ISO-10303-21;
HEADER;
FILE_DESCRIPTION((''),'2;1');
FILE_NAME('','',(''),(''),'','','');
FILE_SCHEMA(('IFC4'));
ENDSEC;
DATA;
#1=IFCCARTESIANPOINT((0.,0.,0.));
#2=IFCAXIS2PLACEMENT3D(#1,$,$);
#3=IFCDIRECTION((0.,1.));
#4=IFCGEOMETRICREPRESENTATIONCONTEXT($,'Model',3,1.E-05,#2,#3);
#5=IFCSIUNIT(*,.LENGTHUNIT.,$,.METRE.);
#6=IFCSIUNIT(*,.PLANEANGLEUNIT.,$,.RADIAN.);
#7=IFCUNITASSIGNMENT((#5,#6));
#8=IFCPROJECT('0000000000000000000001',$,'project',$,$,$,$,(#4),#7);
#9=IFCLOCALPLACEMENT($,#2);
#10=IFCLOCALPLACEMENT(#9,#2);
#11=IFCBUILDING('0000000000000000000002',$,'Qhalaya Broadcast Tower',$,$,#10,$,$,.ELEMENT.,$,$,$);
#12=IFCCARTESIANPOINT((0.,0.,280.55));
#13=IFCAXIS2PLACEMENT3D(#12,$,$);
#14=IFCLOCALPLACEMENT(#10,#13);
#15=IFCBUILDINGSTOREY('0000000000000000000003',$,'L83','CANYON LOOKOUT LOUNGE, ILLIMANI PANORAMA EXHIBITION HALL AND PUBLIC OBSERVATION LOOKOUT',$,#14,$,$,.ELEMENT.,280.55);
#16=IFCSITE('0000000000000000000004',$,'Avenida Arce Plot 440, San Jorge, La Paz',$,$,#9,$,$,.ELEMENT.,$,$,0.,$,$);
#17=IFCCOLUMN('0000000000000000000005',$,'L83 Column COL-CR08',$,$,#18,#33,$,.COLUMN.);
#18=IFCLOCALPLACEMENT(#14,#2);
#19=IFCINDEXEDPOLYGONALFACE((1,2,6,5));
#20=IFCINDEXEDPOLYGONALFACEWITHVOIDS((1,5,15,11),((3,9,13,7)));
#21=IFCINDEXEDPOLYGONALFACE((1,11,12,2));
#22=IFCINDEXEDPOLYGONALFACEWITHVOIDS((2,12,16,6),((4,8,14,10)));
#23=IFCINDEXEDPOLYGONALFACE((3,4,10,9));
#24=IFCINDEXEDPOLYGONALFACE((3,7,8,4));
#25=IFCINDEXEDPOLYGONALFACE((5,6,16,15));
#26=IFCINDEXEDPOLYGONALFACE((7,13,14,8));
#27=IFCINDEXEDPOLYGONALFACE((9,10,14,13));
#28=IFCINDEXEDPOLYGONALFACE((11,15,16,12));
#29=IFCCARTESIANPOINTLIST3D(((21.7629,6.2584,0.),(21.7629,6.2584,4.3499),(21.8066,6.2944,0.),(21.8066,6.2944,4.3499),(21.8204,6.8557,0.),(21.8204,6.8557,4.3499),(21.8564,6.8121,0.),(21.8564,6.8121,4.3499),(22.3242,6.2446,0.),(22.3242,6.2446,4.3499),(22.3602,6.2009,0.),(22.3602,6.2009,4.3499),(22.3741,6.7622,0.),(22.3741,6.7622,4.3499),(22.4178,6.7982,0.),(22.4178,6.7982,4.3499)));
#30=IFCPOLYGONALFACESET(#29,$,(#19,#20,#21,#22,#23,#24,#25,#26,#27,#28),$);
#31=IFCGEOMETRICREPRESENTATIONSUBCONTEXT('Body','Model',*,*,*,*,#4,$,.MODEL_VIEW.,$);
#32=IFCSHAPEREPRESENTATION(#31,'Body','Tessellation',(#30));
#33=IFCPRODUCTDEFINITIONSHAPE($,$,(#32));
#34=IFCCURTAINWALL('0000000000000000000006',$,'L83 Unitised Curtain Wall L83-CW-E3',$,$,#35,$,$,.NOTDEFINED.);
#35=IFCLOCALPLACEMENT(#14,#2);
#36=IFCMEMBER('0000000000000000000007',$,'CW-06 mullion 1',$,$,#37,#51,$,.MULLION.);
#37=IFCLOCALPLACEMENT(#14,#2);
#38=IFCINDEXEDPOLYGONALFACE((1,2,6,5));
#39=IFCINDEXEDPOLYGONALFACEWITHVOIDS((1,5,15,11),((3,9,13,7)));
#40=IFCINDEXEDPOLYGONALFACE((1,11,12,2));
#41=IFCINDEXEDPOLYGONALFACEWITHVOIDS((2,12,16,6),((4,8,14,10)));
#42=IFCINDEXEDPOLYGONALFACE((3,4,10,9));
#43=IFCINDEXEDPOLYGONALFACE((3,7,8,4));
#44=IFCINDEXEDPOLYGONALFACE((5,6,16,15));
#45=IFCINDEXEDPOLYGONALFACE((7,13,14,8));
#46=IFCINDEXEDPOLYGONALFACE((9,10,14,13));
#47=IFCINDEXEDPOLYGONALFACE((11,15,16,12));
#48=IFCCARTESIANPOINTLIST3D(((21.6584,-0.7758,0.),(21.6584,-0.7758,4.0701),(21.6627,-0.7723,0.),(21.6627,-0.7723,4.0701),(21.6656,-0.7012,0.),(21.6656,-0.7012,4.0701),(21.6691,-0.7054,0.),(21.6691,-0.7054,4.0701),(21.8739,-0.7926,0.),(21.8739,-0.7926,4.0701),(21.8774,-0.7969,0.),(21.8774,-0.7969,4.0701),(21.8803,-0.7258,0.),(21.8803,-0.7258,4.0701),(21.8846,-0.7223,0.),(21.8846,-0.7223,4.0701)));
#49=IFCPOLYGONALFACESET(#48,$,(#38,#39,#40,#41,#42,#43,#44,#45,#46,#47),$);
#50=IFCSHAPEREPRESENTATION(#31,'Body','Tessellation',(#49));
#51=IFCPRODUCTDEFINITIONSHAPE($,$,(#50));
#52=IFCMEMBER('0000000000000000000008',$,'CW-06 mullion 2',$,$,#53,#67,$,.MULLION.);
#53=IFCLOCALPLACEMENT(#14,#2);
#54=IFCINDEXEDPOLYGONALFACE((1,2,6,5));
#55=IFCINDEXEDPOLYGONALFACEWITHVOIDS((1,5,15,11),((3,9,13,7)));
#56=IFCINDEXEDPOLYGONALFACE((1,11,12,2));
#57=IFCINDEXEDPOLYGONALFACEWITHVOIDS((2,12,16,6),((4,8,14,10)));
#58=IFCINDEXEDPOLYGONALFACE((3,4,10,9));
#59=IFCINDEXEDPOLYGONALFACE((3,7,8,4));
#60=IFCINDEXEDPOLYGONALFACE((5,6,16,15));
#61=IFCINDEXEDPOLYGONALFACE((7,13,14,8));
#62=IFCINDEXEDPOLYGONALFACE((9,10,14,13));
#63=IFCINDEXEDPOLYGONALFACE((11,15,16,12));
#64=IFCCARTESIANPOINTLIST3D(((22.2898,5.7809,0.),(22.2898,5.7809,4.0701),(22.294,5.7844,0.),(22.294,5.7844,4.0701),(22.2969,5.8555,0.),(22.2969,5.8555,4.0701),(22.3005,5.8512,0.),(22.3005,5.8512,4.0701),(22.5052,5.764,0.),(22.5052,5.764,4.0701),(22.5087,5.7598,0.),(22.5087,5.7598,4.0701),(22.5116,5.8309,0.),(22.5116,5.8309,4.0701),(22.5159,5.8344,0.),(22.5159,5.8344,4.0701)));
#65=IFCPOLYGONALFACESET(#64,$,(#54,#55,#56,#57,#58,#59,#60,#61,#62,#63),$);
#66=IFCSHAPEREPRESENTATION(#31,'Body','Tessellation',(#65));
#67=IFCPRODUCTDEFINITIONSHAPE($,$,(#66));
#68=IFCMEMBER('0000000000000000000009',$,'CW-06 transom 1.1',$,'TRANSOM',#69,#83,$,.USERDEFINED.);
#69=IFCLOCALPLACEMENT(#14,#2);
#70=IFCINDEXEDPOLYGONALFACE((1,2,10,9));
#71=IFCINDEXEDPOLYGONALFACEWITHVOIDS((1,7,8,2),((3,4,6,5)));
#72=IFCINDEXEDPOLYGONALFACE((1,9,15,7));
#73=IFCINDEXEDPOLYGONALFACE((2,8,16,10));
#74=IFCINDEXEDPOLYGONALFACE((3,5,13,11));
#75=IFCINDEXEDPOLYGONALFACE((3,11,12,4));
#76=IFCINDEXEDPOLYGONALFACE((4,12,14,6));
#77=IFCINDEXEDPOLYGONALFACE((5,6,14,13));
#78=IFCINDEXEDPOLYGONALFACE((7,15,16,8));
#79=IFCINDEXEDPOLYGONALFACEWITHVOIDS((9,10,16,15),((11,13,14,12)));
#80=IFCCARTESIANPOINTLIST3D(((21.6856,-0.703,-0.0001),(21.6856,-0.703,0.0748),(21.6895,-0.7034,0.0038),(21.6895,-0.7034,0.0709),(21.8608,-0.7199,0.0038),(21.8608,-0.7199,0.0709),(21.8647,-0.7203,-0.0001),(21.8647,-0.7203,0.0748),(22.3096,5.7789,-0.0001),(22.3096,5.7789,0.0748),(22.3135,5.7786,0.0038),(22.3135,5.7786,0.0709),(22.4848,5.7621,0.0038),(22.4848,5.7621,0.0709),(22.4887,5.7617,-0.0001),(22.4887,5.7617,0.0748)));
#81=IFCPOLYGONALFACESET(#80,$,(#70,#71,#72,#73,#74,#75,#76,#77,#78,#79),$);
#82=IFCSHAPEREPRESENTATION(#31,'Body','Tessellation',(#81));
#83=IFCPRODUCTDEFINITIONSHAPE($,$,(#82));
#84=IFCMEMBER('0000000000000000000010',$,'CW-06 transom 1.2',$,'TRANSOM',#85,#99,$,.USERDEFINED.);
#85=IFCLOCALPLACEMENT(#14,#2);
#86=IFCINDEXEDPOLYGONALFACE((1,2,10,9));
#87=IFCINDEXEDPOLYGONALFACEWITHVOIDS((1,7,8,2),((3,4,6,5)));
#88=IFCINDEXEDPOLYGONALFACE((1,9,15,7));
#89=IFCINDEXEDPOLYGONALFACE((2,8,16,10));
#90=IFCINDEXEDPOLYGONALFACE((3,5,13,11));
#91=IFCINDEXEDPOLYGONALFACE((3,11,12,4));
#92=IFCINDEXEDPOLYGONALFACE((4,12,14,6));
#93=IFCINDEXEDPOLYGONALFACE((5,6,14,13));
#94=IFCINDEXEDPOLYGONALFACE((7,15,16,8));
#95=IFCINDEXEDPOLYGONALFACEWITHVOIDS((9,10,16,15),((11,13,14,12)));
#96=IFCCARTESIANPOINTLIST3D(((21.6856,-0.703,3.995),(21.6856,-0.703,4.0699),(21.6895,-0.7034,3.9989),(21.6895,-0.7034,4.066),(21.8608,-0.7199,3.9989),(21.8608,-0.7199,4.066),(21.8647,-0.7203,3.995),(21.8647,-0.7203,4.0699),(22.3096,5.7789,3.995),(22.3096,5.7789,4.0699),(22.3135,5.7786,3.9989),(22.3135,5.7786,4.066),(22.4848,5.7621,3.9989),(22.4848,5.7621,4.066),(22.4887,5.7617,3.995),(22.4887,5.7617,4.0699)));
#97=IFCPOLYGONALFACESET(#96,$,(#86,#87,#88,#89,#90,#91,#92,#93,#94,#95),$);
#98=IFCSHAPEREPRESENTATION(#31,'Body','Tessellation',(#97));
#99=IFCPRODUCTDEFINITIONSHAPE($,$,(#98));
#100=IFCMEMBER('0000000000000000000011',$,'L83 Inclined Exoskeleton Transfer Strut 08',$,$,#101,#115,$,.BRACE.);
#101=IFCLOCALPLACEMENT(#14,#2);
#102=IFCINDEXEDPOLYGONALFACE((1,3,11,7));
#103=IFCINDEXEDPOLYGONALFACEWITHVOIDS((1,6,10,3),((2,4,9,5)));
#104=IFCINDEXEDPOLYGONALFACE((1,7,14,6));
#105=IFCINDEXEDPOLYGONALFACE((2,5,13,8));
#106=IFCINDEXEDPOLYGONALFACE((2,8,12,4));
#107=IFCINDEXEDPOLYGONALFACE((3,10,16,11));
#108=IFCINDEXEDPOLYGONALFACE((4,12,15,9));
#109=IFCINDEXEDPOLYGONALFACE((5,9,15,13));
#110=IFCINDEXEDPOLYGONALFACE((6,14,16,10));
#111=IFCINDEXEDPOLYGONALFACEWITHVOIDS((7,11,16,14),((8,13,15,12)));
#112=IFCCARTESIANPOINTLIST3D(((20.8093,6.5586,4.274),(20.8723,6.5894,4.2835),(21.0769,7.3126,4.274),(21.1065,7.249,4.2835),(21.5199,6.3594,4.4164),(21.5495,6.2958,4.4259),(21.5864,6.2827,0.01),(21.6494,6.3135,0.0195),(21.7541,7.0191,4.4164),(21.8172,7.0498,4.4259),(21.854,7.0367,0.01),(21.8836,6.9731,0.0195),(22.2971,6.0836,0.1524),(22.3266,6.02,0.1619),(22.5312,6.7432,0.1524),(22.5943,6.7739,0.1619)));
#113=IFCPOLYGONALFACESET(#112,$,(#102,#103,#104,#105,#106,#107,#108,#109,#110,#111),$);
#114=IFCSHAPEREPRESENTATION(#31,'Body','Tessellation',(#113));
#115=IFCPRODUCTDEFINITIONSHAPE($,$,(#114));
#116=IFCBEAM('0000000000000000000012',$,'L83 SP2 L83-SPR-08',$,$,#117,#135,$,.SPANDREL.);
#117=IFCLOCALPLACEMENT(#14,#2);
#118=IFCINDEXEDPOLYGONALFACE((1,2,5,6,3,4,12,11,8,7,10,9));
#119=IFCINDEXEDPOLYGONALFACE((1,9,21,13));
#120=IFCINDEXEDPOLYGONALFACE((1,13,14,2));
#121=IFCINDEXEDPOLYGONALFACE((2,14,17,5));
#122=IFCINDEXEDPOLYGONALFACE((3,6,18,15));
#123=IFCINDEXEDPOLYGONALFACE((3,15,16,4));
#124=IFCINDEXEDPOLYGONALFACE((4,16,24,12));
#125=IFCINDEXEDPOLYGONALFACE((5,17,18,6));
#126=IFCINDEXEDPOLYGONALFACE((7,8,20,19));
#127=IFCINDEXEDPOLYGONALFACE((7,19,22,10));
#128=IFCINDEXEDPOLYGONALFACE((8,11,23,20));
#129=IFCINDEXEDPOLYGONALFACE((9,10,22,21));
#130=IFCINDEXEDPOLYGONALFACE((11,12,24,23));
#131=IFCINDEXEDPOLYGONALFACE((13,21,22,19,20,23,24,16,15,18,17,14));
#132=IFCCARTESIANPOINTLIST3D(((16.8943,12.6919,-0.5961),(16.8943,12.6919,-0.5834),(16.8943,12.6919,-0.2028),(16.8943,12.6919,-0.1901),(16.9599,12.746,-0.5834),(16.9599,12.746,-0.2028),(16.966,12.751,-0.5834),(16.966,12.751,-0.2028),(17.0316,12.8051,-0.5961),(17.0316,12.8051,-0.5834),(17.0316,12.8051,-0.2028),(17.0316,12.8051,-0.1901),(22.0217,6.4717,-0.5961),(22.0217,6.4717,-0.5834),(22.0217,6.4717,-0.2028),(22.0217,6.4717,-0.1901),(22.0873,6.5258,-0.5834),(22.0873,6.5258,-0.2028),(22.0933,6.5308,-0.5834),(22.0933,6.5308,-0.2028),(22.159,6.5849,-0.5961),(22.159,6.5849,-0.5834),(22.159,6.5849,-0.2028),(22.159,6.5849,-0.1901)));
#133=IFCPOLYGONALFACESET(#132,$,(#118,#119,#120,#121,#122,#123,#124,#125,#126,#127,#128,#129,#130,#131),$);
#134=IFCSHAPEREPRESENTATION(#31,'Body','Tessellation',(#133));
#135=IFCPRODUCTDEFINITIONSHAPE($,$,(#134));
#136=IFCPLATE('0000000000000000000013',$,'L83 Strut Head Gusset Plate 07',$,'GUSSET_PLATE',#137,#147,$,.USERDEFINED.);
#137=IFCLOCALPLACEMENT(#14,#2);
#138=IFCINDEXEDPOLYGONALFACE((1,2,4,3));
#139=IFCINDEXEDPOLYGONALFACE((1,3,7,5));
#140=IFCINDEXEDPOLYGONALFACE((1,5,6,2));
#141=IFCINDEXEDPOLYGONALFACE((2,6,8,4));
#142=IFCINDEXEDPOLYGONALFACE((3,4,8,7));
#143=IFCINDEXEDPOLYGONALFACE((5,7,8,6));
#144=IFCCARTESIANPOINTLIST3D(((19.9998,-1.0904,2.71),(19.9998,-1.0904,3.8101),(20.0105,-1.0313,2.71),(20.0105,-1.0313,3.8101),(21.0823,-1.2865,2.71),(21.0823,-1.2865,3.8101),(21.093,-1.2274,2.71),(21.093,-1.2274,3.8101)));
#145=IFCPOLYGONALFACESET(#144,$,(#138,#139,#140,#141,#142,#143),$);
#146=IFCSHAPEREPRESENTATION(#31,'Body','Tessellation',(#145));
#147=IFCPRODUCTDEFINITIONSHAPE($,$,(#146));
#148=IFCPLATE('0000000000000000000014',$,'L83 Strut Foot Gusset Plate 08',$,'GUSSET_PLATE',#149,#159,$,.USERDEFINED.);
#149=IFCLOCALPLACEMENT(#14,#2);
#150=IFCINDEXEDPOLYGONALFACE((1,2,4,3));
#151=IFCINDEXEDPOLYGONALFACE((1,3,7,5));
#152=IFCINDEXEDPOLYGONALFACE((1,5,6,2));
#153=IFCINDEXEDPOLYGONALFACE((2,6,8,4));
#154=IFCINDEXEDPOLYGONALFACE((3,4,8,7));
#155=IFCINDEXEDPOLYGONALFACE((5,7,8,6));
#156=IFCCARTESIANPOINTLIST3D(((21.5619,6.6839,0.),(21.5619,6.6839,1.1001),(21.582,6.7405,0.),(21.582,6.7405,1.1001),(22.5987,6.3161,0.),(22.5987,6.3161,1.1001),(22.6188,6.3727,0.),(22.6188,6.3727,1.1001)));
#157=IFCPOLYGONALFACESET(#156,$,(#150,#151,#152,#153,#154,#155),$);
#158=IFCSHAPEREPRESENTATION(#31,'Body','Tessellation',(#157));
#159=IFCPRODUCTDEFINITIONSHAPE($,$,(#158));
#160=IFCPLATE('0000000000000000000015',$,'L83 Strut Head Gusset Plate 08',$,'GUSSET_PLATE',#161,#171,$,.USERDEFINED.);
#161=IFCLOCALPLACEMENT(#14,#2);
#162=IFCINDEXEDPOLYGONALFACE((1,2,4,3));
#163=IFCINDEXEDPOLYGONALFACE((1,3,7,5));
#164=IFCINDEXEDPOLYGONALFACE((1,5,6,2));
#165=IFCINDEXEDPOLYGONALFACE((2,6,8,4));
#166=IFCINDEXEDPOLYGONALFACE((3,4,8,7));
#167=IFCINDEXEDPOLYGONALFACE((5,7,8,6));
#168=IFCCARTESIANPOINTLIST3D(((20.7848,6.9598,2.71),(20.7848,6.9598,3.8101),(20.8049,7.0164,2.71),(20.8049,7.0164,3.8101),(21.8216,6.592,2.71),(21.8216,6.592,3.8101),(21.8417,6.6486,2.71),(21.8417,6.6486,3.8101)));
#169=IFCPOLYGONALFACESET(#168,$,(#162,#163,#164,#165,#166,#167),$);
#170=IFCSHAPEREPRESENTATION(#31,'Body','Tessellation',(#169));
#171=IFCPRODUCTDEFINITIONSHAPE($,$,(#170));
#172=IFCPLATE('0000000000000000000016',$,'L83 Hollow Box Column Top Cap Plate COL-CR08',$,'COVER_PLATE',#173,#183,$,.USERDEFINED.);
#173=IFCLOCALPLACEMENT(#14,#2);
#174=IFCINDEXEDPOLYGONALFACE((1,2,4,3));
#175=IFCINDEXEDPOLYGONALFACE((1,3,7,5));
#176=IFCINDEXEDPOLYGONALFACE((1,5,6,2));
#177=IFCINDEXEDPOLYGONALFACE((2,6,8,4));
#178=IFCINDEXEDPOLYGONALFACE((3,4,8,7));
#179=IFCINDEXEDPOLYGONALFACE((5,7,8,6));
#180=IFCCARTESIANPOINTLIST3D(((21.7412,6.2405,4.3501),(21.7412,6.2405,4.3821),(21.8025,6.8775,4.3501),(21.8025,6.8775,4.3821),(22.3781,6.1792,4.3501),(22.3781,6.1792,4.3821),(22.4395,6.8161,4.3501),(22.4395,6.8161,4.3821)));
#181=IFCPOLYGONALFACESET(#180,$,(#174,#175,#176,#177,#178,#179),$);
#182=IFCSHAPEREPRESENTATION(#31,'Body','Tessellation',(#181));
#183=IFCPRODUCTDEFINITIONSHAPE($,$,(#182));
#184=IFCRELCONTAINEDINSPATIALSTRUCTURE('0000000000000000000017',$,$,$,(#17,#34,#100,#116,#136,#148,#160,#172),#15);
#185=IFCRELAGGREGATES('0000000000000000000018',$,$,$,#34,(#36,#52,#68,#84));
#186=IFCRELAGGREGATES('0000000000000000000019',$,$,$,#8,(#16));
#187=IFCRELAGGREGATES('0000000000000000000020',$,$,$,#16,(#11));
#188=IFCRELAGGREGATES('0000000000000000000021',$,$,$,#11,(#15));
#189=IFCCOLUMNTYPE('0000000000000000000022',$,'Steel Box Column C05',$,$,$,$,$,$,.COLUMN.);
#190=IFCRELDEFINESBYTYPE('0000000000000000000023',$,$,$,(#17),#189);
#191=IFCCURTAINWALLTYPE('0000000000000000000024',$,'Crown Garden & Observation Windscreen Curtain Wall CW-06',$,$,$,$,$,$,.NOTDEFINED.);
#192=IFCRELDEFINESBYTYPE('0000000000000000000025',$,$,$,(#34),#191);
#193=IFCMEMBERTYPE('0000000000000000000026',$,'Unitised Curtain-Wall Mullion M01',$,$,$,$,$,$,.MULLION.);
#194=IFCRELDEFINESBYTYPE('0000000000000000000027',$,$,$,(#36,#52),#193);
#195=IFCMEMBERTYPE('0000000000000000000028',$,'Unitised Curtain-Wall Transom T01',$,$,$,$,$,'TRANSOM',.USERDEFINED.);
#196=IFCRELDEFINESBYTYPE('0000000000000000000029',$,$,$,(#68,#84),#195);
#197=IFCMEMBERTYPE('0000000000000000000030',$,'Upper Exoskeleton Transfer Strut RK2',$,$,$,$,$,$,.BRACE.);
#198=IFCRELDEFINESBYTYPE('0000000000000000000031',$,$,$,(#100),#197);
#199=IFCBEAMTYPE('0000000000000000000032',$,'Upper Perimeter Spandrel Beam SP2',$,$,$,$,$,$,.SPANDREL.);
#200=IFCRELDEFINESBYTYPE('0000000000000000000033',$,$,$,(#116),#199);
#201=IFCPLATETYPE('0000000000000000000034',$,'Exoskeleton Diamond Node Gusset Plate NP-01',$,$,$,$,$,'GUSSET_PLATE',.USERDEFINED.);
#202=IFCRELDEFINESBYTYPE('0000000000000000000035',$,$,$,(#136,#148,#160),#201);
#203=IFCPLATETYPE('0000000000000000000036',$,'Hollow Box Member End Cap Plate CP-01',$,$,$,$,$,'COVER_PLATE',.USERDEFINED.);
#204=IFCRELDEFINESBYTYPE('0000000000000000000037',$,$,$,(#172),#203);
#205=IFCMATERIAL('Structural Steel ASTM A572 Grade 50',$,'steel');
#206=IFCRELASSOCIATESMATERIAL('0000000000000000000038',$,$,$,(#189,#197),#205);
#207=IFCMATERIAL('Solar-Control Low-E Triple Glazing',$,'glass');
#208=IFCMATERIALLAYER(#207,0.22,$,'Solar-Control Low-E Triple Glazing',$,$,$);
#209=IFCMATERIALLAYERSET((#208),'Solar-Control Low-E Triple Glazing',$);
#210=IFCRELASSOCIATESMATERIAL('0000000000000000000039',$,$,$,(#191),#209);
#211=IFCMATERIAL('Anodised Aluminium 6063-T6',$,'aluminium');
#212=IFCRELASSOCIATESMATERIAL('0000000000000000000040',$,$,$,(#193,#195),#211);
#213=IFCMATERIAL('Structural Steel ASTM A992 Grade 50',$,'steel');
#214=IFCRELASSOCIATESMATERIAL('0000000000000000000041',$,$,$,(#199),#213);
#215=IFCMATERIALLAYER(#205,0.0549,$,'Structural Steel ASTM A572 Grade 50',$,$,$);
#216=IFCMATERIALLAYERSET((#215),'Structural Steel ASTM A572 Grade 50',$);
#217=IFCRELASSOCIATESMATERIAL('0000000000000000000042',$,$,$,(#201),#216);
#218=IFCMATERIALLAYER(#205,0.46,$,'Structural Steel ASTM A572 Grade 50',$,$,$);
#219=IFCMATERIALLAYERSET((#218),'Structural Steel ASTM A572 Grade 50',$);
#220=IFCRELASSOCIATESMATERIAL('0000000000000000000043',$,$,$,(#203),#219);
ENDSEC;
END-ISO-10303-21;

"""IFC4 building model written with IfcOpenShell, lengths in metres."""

from ifc_helpers import new_model, si_unit, direction, frame, origin, origin_2d, place, context, subcontext, project, spatial, rectangle, hollow_rectangle, i_section, extrude, material, layer, layer_set, material_profile, profile_set, type_object, element, aggregate, save


model = new_model("IFC4")

# Units and contexts
model_context = context("Model", 3, precision=1e-05, world=origin(), true_north=direction((0.0, 1.0)))
body_context = subcontext(model_context, "Body", "Model", "MODEL_VIEW")
ifc_project = project(units=[si_unit("LENGTHUNIT", "METRE"), si_unit("PLANEANGLEUNIT", "RADIAN")], contexts=[model_context])

# Site, building, storey
site_placement = place(None, origin())
site = spatial("IfcSite", under=ifc_project, at=site_placement, Name="Avenida Arce Plot 440, San Jorge, La Paz", CompositionType="ELEMENT", RefElevation=0.0)
building_placement = place(site_placement, origin())
building = spatial("IfcBuilding", under=site, at=building_placement, Name="Qhalaya Broadcast Tower", CompositionType="ELEMENT")
storey_placement = place(building_placement, frame((0.0, 0.0, 280.55)))
storey = spatial("IfcBuildingStorey", under=building, at=storey_placement, Name="L83", Description="CANYON LOOKOUT LOUNGE, ILLIMANI PANORAMA EXHIBITION HALL AND PUBLIC OBSERVATION LOOKOUT", CompositionType="ELEMENT", Elevation=280.55)

# Column
ifc_material_1 = material(Name="Structural Steel ASTM A572 Grade 50", Category="steel")
ifc_material_profile_1 = material_profile(ifc_material_1, hollow_rectangle(XDim=0.6001, YDim=0.6001, WallThickness=0.04, at=origin_2d()), Name="BOX 600x600x40")
ifc_profile_set_1 = profile_set([ifc_material_profile_1], Name="Structural Steel ASTM A572 Grade 50")
column_type = type_object("IfcColumnType", Name="Steel Box Column C05", PredefinedType="COLUMN", material=ifc_profile_set_1)
column_placement = place(storey_placement, frame((22.0903, 6.5283, 0.0), z_axis=(0.0, 0.0, 1.0), x_axis=(0.095846, 0.995396, 0.0)))
element("IfcColumn", 1, at=column_placement, inside=storey, type_object=column_type, Name="L83 Column COL-CR08", PredefinedType="COLUMN", context=body_context, shape_type="SweptSolid", body=[
    extrude(hollow_rectangle(XDim=0.6001, YDim=0.6001, WallThickness=0.04, at=origin_2d()), origin(), (0.0, 0.0, 1.0), 4.3499),
])

# Curtain wall, members
ifc_material_2 = material(Name="Solar-Control Low-E Triple Glazing", Category="glass")
ifc_layer_1 = layer(ifc_material_2, 0.22, Name="Solar-Control Low-E Triple Glazing")
ifc_layer_set_1 = layer_set([ifc_layer_1], Name="Solar-Control Low-E Triple Glazing")
curtain_wall_type = type_object("IfcCurtainWallType", Name="Crown Garden & Observation Windscreen Curtain Wall CW-06", PredefinedType="NOTDEFINED", material=ifc_layer_set_1)
curtain_wall_placement = place(storey_placement, origin())
curtain_wall = element("IfcCurtainWall", 2, at=curtain_wall_placement, inside=storey, type_object=curtain_wall_type, Name="L83 Unitised Curtain Wall L83-CW-E3", PredefinedType="NOTDEFINED")
ifc_material_3 = material(Name="Anodised Aluminium 6063-T6", Category="aluminium")
ifc_material_profile_2 = material_profile(ifc_material_3, hollow_rectangle(XDim=0.075, YDim=0.22, WallThickness=0.0039, at=origin_2d()), Name="ALU-MUL 75x220x4")
ifc_profile_set_2 = profile_set([ifc_material_profile_2], Name="Anodised Aluminium 6063-T6")
member_type_1 = type_object("IfcMemberType", Name="Unitised Curtain-Wall Mullion M01", PredefinedType="MULLION", material=ifc_profile_set_2)
member_1_placement = place(storey_placement, frame((21.7715, -0.749, 0.0), z_axis=(0.0, 0.0, 1.0), x_axis=(0.095843, 0.995397, 0.0)))
member_1 = element("IfcMember", 3, at=member_1_placement, type_object=member_type_1, Name="CW-06 mullion 1", PredefinedType="MULLION", context=body_context, shape_type="SweptSolid", body=[
    extrude(hollow_rectangle(XDim=0.075, YDim=0.22, WallThickness=0.0039, at=origin_2d()), origin(), (0.0, 0.0, 1.0), 4.0701),
])
member_2_placement = place(storey_placement, frame((22.4028, 5.8076, 0.0), z_axis=(0.0, 0.0, 1.0), x_axis=(0.095843, 0.995397, 0.0)))
member_2 = element("IfcMember", 4, at=member_2_placement, type_object=member_type_1, Name="CW-06 mullion 2", PredefinedType="MULLION", context=body_context, shape_type="SweptSolid", body=[
    extrude(hollow_rectangle(XDim=0.075, YDim=0.22, WallThickness=0.0039, at=origin_2d()), origin(), (0.0, 0.0, 1.0), 4.0701),
])
ifc_material_profile_3 = material_profile(ifc_material_3, hollow_rectangle(XDim=0.075, YDim=0.1799, WallThickness=0.0039, at=origin_2d()), Name="ALU-TRN 75x180x4")
ifc_profile_set_3 = profile_set([ifc_material_profile_3], Name="Anodised Aluminium 6063-T6")
member_type_2 = type_object("IfcMemberType", Name="Unitised Curtain-Wall Transom T01", ElementType="TRANSOM", PredefinedType="USERDEFINED", material=ifc_profile_set_3)
member_3_placement = place(storey_placement, frame((21.7751, -0.7117, 0.0374), z_axis=(0.095828, 0.995398, 0.0), x_axis=(0.0, 0.0, 1.0)))
member_3 = element("IfcMember", 5, at=member_3_placement, type_object=member_type_2, Name="CW-06 transom 1.1", ObjectType="TRANSOM", PredefinedType="USERDEFINED", context=body_context, shape_type="SweptSolid", body=[
    extrude(hollow_rectangle(XDim=0.075, YDim=0.1799, WallThickness=0.0039, at=origin_2d()), origin(), (0.0, 0.0, 1.0), 6.512),
])
member_4_placement = place(storey_placement, frame((21.7751, -0.7117, 4.0325), z_axis=(0.095828, 0.995398, 0.0), x_axis=(0.0, 0.0, 1.0)))
member_4 = element("IfcMember", 6, at=member_4_placement, type_object=member_type_2, Name="CW-06 transom 1.2", ObjectType="TRANSOM", PredefinedType="USERDEFINED", context=body_context, shape_type="SweptSolid", body=[
    extrude(hollow_rectangle(XDim=0.075, YDim=0.1799, WallThickness=0.0039, at=origin_2d()), origin(), (0.0, 0.0, 1.0), 6.512),
])

# Member
ifc_material_profile_4 = material_profile(ifc_material_1, hollow_rectangle(XDim=0.8, YDim=0.8, WallThickness=0.05, at=origin_2d()), Name="BOX 800x800x50")
ifc_profile_set_4 = profile_set([ifc_material_profile_4], Name="Structural Steel ASTM A572 Grade 50")
member_type_3 = type_object("IfcMemberType", Name="Upper Exoskeleton Transfer Strut RK2", PredefinedType="BRACE", material=ifc_profile_set_4)
member_5_placement = place(storey_placement, frame((22.0903, 6.5283, 0.0859), z_axis=(-0.178935, 0.063524, 0.981808), x_axis=(-0.334554, -0.942377, 0.0)))
element("IfcMember", 7, at=member_5_placement, inside=storey, type_object=member_type_3, Name="L83 Inclined Exoskeleton Transfer Strut 08", PredefinedType="BRACE", context=body_context, shape_type="SweptSolid", body=[
    extrude(hollow_rectangle(XDim=0.8, YDim=0.8, WallThickness=0.05, at=origin_2d()), origin(), (0.0, 0.0, 1.0), 4.343),
])

# Beam
ifc_material_4 = material(Name="Structural Steel ASTM A992 Grade 50", Category="steel")
ifc_material_profile_5 = material_profile(ifc_material_4, i_section(OverallWidth=0.178, OverallDepth=0.406, WebThickness=0.0078, FlangeThickness=0.0127, at=origin_2d()), Name="W16X40")
ifc_profile_set_5 = profile_set([ifc_material_profile_5], Name="Structural Steel ASTM A992 Grade 50")
beam_type = type_object("IfcBeamType", Name="Upper Perimeter Spandrel Beam SP2", PredefinedType="SPANDREL", material=ifc_profile_set_5)
beam_placement = place(storey_placement, frame((22.0903, 6.5283, -0.3931), z_axis=(-0.63607, 0.771631, 0.0), x_axis=(-0.771631, -0.63607, 0.0)))
element("IfcBeam", 8, at=beam_placement, inside=storey, type_object=beam_type, Name="L83 SP2 L83-SPR-08", PredefinedType="SPANDREL", context=body_context, shape_type="SweptSolid", body=[
    extrude(i_section(OverallWidth=0.178, OverallDepth=0.406, WebThickness=0.0078, FlangeThickness=0.0127, at=origin_2d()), origin(), (0.0, 0.0, 1.0), 8.061),
])

# Plates
ifc_layer_2 = layer(ifc_material_1, 0.0549, Name="Structural Steel ASTM A572 Grade 50")
ifc_layer_set_2 = layer_set([ifc_layer_2], Name="Structural Steel ASTM A572 Grade 50")
plate_type_1 = type_object("IfcPlateType", Name="Exoskeleton Diamond Node Gusset Plate NP-01", ElementType="GUSSET_PLATE", PredefinedType="USERDEFINED", material=ifc_layer_set_2)
for number, where, z_axis, x_axis, name in (
    (9, (20.5464, -1.1589, 2.71), (0.0, 0.0, 1.0), (-0.983985, 0.178253, 0.0), "L83 Strut Head Gusset Plate 07"),
    (10, (22.0903, 6.5283, 0.0), (0.0, 0.0, 1.0), (-0.942443, 0.334366, 0.0), "L83 Strut Foot Gusset Plate 08"),
    (11, (21.3132, 6.8042, 2.71), (0.0, 0.0, 1.0), (-0.942443, 0.334366, 0.0), "L83 Strut Head Gusset Plate 08"),
):
    element("IfcPlate", number, at=place(storey_placement, frame(where, z_axis=z_axis, x_axis=x_axis)), inside=storey, type_object=plate_type_1, Name=name, ObjectType="GUSSET_PLATE", PredefinedType="USERDEFINED", context=body_context, shape_type="SweptSolid", body=[
        extrude(rectangle(XDim=1.1001, YDim=0.0601, at=origin_2d()), origin(), (0.0, 0.0, 1.0), 1.1001),
    ])
ifc_layer_3 = layer(ifc_material_1, 0.46, Name="Structural Steel ASTM A572 Grade 50")
ifc_layer_set_3 = layer_set([ifc_layer_3], Name="Structural Steel ASTM A572 Grade 50")
plate_type_2 = type_object("IfcPlateType", Name="Hollow Box Member End Cap Plate CP-01", ElementType="COVER_PLATE", PredefinedType="USERDEFINED", material=ifc_layer_set_3)
plate_1_placement = place(storey_placement, frame((22.0903, 6.5283, 4.3501), z_axis=(0.0, 0.0, 1.0), x_axis=(0.095846, 0.995396, 0.0)))
element("IfcPlate", 12, at=plate_1_placement, inside=storey, type_object=plate_type_2, Name="L83 Hollow Box Column Top Cap Plate COL-CR08", ObjectType="COVER_PLATE", PredefinedType="USERDEFINED", context=body_context, shape_type="SweptSolid", body=[
    extrude(rectangle(XDim=0.6399, YDim=0.6399, at=origin_2d()), origin(), (0.0, 0.0, 1.0), 0.032),
])

aggregate(curtain_wall, [member_1, member_2, member_3, member_4])

save(model, "model.ifc")
